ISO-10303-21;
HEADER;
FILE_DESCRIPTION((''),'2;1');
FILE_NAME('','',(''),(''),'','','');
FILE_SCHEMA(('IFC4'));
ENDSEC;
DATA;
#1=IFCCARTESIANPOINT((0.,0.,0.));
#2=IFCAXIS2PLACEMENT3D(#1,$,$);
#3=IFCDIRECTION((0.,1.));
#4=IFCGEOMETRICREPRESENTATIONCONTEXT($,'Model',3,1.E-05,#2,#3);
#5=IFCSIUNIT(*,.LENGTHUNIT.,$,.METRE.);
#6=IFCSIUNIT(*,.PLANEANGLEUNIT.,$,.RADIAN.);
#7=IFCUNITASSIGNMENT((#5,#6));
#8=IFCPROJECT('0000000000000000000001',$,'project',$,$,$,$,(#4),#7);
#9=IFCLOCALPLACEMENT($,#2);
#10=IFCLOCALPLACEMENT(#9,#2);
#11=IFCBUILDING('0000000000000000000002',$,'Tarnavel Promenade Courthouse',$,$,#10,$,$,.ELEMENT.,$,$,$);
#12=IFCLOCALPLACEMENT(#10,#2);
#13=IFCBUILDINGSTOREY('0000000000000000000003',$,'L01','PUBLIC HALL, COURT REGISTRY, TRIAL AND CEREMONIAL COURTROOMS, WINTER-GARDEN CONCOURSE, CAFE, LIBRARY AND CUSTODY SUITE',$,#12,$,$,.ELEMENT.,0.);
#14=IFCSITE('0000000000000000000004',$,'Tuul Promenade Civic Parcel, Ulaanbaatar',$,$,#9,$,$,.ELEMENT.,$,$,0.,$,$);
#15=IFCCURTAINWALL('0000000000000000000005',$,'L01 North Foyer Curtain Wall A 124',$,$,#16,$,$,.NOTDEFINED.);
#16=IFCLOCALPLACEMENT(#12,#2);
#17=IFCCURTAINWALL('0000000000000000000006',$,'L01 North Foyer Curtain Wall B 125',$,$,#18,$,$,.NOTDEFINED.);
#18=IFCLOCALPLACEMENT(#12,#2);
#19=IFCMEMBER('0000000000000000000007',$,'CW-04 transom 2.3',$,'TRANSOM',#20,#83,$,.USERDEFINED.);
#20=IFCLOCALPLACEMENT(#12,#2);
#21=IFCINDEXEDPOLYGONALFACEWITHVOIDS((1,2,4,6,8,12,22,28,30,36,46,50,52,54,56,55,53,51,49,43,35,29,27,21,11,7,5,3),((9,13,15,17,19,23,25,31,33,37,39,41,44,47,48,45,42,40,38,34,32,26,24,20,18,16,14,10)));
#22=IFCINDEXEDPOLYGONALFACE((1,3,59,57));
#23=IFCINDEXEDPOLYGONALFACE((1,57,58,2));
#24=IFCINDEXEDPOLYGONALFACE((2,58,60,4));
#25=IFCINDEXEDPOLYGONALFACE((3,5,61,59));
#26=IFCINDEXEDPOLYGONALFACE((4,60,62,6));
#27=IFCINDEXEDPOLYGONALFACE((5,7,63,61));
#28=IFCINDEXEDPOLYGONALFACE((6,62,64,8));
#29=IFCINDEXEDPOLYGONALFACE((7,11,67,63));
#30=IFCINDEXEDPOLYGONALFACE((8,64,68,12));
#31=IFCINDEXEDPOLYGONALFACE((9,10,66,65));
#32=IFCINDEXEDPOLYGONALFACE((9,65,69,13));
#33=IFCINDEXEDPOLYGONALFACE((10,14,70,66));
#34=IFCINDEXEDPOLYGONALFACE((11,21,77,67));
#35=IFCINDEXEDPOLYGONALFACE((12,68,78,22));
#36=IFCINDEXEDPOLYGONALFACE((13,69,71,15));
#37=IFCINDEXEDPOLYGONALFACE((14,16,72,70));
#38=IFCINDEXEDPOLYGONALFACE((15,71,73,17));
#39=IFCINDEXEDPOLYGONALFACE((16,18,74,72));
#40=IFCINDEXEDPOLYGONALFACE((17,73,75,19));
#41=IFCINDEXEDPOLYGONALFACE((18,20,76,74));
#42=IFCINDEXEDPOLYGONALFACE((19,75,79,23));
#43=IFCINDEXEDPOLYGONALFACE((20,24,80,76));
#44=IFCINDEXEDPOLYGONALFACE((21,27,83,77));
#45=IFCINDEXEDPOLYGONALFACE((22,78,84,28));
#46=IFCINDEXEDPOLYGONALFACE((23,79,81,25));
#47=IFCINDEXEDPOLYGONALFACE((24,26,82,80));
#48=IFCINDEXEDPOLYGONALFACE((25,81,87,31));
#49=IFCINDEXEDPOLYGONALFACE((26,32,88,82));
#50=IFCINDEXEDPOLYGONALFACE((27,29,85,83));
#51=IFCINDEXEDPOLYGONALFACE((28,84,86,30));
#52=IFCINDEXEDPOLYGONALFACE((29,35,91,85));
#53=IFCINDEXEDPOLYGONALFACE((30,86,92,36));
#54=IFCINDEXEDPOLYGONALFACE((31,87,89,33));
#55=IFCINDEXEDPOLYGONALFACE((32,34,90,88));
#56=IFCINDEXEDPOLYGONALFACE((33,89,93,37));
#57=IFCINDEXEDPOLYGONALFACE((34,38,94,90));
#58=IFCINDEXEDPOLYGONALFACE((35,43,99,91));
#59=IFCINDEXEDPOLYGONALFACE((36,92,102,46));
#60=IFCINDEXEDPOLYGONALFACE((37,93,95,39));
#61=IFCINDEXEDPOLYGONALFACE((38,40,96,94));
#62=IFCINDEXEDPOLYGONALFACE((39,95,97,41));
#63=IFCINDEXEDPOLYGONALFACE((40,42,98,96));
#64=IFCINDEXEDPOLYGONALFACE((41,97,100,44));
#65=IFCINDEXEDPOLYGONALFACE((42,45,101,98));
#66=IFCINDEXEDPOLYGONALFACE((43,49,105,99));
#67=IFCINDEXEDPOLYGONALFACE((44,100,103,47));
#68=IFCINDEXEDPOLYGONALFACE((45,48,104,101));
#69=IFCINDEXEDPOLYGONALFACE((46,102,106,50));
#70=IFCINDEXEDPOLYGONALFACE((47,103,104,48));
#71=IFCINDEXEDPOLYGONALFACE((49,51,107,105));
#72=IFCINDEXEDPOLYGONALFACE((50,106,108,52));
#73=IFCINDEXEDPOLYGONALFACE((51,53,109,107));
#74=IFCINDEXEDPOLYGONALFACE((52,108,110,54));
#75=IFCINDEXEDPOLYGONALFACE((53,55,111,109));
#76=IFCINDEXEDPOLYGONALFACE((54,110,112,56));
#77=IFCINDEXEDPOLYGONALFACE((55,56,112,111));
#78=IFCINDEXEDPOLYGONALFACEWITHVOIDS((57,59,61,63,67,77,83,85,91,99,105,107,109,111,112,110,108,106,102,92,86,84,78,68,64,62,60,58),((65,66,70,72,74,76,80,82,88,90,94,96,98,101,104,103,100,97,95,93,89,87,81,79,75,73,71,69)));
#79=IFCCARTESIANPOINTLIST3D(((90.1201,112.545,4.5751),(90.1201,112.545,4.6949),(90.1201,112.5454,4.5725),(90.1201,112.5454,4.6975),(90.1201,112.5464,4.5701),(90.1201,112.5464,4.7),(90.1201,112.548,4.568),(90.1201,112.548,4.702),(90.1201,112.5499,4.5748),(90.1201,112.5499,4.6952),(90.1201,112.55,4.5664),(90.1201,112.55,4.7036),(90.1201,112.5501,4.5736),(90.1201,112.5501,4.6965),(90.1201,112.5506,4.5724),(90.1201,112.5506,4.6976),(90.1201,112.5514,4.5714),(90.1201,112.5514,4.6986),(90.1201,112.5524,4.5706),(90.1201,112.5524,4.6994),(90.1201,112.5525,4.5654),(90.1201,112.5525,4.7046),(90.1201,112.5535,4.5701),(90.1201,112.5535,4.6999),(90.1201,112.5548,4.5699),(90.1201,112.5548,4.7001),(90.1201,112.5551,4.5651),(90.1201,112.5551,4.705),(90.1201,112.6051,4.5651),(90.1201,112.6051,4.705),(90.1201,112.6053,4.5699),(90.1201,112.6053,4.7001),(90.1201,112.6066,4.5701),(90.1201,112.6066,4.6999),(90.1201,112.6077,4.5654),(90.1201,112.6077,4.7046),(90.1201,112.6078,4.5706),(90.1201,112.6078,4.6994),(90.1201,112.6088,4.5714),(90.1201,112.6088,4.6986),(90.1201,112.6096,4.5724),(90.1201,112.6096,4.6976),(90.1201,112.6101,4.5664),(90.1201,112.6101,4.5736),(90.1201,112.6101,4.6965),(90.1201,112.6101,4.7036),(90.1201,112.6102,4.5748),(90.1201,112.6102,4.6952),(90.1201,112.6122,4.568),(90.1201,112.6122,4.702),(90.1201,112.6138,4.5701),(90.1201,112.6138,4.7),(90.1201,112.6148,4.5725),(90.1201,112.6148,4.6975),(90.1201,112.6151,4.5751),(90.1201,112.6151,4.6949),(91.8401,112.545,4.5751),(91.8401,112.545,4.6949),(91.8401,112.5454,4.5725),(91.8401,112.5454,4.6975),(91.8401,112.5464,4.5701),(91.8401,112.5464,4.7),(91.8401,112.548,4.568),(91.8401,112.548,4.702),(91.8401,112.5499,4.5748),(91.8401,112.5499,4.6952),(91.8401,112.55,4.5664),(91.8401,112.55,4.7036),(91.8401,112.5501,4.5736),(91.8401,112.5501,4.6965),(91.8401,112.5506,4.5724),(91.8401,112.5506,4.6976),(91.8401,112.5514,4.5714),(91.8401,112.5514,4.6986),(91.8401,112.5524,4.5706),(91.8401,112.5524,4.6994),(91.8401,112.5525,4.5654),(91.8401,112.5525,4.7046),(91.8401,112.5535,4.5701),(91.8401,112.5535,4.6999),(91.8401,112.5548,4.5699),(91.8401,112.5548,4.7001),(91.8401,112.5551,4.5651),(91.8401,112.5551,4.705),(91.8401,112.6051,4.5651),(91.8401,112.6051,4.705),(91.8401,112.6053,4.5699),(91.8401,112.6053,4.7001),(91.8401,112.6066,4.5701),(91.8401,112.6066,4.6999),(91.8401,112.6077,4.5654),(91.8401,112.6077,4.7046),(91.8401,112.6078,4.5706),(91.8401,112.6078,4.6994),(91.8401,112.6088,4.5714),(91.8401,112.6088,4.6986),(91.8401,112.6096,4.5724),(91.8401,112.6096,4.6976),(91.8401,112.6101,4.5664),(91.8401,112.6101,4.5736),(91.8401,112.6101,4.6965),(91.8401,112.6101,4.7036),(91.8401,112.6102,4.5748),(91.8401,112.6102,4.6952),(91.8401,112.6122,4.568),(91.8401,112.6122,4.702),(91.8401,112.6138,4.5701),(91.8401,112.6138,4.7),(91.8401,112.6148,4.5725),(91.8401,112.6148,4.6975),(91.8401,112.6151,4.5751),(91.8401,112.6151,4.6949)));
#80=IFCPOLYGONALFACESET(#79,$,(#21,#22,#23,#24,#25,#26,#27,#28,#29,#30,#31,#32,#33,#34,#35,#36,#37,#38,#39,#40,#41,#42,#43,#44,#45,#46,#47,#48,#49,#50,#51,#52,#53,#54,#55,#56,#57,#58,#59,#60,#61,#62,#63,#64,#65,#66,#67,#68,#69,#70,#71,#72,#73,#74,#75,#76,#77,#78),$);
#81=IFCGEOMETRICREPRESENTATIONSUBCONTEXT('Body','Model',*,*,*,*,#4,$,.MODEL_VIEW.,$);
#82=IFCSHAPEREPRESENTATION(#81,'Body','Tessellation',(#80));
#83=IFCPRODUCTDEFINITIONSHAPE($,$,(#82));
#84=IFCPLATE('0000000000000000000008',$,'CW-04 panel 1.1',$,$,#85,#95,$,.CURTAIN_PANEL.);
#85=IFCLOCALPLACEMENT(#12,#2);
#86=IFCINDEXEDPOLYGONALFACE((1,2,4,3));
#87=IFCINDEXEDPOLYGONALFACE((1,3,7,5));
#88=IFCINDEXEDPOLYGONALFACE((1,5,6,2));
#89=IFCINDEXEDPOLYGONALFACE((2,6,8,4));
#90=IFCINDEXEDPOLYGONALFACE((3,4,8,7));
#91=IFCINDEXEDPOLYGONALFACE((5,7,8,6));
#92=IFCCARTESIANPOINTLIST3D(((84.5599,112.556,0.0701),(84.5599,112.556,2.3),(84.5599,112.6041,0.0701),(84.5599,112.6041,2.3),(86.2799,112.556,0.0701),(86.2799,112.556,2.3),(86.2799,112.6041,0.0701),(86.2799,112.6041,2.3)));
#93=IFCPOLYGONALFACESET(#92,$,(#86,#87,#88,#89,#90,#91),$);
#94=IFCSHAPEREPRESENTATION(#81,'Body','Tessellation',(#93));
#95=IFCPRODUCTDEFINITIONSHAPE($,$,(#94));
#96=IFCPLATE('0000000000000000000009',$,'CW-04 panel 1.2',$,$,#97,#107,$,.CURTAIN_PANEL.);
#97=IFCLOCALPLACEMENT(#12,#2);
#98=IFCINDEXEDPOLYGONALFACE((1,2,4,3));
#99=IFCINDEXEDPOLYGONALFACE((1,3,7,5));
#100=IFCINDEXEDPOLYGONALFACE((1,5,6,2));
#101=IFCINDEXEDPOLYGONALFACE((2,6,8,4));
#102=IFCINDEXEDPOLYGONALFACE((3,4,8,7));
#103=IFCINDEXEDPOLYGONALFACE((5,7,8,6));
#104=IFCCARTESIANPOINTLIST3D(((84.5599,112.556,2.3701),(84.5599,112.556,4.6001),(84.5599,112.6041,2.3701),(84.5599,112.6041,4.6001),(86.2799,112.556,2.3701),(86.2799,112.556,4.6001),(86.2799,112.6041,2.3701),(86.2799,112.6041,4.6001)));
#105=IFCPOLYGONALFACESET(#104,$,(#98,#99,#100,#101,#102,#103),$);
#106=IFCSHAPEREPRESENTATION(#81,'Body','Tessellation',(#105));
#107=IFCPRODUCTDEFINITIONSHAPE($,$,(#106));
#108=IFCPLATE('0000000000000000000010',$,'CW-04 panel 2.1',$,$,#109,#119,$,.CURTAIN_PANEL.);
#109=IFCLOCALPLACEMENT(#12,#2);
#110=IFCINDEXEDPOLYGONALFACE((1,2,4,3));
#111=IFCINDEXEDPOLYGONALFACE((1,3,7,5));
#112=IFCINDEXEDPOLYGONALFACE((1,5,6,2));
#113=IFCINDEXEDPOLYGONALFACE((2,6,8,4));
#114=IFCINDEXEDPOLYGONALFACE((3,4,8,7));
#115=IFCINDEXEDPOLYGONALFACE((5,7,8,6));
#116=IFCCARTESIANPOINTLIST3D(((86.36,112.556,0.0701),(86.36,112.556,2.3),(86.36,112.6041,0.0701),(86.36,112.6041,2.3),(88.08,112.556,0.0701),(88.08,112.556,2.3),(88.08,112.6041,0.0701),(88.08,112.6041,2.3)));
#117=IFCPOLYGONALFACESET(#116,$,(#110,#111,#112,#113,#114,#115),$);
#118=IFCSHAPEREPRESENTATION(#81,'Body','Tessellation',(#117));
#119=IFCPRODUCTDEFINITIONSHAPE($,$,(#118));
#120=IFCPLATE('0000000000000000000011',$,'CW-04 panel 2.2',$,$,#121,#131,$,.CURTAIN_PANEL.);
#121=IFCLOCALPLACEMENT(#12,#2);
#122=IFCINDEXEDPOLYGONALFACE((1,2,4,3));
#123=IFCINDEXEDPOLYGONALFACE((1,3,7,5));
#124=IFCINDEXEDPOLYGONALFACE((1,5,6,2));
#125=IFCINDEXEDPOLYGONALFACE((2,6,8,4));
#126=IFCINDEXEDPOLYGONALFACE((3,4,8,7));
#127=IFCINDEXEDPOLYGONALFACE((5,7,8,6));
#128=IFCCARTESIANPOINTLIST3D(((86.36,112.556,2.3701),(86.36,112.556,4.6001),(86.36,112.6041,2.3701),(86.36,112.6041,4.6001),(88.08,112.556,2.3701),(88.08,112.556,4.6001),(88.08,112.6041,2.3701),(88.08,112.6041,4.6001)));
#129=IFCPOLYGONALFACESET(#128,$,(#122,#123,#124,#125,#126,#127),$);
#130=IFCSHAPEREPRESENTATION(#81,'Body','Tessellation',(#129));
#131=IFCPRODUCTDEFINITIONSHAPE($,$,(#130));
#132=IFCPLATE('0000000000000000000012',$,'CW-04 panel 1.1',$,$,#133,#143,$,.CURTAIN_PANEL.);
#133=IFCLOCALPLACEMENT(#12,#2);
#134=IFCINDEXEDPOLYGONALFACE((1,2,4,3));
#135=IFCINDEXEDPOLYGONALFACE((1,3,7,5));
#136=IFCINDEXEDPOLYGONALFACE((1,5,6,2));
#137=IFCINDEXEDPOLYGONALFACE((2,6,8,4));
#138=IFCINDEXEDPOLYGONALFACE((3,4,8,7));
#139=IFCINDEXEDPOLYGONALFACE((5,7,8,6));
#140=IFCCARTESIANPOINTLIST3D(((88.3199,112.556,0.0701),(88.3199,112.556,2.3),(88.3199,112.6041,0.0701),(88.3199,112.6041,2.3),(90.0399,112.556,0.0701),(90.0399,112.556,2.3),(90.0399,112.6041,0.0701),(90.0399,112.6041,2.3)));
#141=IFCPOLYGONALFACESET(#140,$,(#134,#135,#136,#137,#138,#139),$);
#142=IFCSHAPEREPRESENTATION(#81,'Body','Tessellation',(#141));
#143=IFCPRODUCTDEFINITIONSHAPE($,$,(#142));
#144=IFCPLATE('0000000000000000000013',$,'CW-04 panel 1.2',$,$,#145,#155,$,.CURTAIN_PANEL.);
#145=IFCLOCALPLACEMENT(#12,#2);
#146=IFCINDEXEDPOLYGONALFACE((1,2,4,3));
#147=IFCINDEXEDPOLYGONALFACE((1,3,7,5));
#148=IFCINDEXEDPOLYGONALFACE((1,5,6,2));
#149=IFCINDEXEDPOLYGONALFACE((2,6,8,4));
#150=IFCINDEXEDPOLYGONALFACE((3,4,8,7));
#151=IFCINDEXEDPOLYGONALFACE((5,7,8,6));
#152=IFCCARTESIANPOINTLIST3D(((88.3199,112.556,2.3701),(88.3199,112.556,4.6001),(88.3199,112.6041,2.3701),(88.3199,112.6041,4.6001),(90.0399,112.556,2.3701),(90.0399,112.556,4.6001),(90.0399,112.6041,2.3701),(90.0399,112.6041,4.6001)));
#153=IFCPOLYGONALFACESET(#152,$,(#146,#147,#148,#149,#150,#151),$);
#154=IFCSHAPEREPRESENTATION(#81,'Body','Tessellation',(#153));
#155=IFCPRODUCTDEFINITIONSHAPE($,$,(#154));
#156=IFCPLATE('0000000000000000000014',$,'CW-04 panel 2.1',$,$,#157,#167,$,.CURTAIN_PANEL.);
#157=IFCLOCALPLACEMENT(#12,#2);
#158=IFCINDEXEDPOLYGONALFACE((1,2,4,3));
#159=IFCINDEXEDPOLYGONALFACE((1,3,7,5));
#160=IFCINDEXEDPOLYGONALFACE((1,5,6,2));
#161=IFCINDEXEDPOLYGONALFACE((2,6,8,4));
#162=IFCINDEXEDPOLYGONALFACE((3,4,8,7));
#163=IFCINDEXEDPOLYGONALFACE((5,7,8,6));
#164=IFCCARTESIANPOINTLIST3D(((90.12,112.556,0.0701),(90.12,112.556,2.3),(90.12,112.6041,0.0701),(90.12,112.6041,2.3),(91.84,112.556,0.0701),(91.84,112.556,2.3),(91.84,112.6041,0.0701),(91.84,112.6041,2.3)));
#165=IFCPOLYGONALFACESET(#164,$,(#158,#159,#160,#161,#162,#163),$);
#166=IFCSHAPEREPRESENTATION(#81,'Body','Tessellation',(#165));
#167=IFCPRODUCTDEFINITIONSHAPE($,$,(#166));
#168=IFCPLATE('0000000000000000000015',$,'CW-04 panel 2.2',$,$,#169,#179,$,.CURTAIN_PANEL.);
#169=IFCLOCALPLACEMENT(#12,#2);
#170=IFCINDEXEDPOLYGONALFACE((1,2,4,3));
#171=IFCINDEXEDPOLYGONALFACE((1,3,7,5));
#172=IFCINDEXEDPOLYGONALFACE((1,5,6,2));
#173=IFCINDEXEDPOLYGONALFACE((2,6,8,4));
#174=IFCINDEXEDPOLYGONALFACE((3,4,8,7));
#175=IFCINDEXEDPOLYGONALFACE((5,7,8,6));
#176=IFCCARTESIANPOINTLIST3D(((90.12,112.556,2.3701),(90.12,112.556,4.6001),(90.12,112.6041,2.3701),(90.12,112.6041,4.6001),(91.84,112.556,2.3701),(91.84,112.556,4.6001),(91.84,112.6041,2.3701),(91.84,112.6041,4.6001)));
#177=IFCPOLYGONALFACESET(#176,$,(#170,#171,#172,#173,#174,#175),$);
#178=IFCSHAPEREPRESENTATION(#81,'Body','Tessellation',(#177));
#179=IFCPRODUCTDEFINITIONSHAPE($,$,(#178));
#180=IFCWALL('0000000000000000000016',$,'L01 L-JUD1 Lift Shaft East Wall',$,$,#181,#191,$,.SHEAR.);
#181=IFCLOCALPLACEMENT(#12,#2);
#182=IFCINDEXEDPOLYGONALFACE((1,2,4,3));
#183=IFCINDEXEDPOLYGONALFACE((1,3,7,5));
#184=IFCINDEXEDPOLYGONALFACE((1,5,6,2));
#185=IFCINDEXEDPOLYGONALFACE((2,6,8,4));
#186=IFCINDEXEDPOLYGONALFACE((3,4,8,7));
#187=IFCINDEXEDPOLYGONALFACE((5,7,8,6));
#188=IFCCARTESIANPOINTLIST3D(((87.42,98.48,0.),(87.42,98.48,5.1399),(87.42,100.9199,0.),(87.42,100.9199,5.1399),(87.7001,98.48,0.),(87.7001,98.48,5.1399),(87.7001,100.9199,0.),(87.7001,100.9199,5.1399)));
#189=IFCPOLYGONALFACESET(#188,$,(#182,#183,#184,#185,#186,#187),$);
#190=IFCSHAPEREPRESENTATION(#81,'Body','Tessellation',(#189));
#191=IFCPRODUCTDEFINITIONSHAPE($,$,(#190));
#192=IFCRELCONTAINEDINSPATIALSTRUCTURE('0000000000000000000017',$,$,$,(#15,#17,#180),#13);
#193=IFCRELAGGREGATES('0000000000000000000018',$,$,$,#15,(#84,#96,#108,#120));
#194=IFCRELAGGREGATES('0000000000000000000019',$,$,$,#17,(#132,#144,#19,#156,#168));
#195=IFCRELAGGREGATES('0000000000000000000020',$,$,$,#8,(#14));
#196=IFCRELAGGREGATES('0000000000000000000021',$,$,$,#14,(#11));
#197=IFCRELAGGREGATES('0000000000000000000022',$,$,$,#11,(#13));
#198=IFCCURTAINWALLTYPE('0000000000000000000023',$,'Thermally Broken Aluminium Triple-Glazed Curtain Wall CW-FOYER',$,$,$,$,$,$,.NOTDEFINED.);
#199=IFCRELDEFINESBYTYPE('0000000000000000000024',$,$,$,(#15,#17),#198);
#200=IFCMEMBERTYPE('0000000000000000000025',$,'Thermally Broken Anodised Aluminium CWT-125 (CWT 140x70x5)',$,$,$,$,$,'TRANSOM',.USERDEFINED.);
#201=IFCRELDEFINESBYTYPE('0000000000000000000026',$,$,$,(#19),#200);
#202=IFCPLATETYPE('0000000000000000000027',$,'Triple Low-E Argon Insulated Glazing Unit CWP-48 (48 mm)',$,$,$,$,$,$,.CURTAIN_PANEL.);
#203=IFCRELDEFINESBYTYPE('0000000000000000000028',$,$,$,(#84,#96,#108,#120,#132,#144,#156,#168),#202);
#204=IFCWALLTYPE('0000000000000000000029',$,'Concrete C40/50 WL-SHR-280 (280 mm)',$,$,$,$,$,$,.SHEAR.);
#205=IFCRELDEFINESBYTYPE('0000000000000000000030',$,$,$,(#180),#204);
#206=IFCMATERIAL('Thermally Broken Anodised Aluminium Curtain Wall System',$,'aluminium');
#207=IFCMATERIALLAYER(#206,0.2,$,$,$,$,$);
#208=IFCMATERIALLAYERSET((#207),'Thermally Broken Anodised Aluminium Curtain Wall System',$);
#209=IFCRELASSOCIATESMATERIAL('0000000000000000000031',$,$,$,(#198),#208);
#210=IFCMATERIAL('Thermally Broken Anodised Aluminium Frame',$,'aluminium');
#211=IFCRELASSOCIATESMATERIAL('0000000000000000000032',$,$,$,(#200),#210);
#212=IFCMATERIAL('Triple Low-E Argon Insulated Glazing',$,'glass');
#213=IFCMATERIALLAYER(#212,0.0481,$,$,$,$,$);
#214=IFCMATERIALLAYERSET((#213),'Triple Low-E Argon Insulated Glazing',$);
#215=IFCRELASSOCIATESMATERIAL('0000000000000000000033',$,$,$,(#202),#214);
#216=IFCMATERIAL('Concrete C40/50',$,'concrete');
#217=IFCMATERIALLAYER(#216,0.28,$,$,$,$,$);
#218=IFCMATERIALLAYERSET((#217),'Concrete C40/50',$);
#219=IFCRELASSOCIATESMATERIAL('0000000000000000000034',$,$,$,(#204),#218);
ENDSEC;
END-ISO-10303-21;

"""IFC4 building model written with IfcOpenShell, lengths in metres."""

from ifc_helpers import new_model, si_unit, direction, frame, frame_2d, origin, origin_2d, place, context, subcontext, project, spatial, rectangle, hollow_rectangle, extrude, material, layer, layer_set, material_profile, profile_set, type_object, element, aggregate, save


model = new_model("IFC4")

# Units and contexts
model_context = context("Model", 3, precision=1e-05, world=origin(), true_north=direction((0.0, 1.0)))
body_context = subcontext(model_context, "Body", "Model", "MODEL_VIEW")
ifc_project = project(units=[si_unit("LENGTHUNIT", "METRE"), si_unit("PLANEANGLEUNIT", "RADIAN")], contexts=[model_context])

# Site, building, storey
site_placement = place(None, origin())
site = spatial("IfcSite", under=ifc_project, at=site_placement, Name="Tuul Promenade Civic Parcel, Ulaanbaatar", CompositionType="ELEMENT", RefElevation=0.0)
building_placement = place(site_placement, origin())
building = spatial("IfcBuilding", under=site, at=building_placement, Name="Tarnavel Promenade Courthouse", CompositionType="ELEMENT")
storey_placement = place(building_placement, origin())
storey = spatial("IfcBuildingStorey", under=building, at=storey_placement, Name="L01", Description="PUBLIC HALL, COURT REGISTRY, TRIAL AND CEREMONIAL COURTROOMS, WINTER-GARDEN CONCOURSE, CAFE, LIBRARY AND CUSTODY SUITE", CompositionType="ELEMENT", Elevation=0.0)

# Shared definitions
ifc_material_1 = material(Name="Concrete C40/50", Category="concrete")

# Curtain walls
ifc_material_2 = material(Name="Thermally Broken Anodised Aluminium Curtain Wall System", Category="aluminium")
ifc_layer_1 = layer(ifc_material_2, 0.2)
ifc_layer_set_1 = layer_set([ifc_layer_1], Name="Thermally Broken Anodised Aluminium Curtain Wall System")
curtain_wall_type = type_object("IfcCurtainWallType", Name="Thermally Broken Aluminium Triple-Glazed Curtain Wall CW-FOYER", PredefinedType="NOTDEFINED", material=ifc_layer_set_1)
curtain_wall_1_placement = place(storey_placement, origin())
curtain_wall_1 = element("IfcCurtainWall", 1, at=curtain_wall_1_placement, inside=storey, type_object=curtain_wall_type, Name="L01 North Foyer Curtain Wall A 124", PredefinedType="NOTDEFINED")
ifc_material_3 = material(Name="Thermally Broken Anodised Aluminium Frame", Category="aluminium")
curtain_wall_2_placement = place(storey_placement, origin())
curtain_wall_2 = element("IfcCurtainWall", 2, at=curtain_wall_2_placement, inside=storey, type_object=curtain_wall_type, Name="L01 North Foyer Curtain Wall B 125", PredefinedType="NOTDEFINED")

# Member
ifc_material_profile_1 = material_profile(ifc_material_3, hollow_rectangle(XDim=0.0701, YDim=0.1399, WallThickness=0.0049, InnerFilletRadius=0.0049, OuterFilletRadius=0.01, at=origin_2d()), Name="CWT 140x70x5")
ifc_profile_set_1 = profile_set([ifc_material_profile_1], Name="Thermally Broken Anodised Aluminium Frame")
member_type_1 = type_object("IfcMemberType", Name="Thermally Broken Anodised Aluminium CWT-125 (CWT 140x70x5)", ElementType="TRANSOM", PredefinedType="USERDEFINED", material=ifc_profile_set_1)
member_1_placement = place(storey_placement, frame((90.1201, 112.5801, 4.635), z_axis=(1.0, 0.0, 0.0), x_axis=(0.0, 1.0, 0.0)))
member_1 = element("IfcMember", 3, at=member_1_placement, type_object=member_type_1, Name="CW-04 transom 2.3", ObjectType="TRANSOM", PredefinedType="USERDEFINED", context=body_context, shape_type="SweptSolid", body=[
    extrude(hollow_rectangle(XDim=0.0701, YDim=0.1399, WallThickness=0.0049, InnerFilletRadius=0.0049, OuterFilletRadius=0.01, at=origin_2d()), origin(), (0.0, 0.0, 1.0), 1.72),
])

# Plates
ifc_material_4 = material(Name="Triple Low-E Argon Insulated Glazing", Category="glass")
ifc_layer_2 = layer(ifc_material_4, 0.0481)
ifc_layer_set_2 = layer_set([ifc_layer_2], Name="Triple Low-E Argon Insulated Glazing")
plate_type = type_object("IfcPlateType", Name="Triple Low-E Argon Insulated Glazing Unit CWP-48 (48 mm)", PredefinedType="CURTAIN_PANEL", material=ifc_layer_set_2)
plate_1_placement = place(storey_placement, frame((85.4199, 112.5801, 0.0701), z_axis=(0.0, 0.0, 1.0), x_axis=(1.0, 0.0, 0.0)))
plate_1 = element("IfcPlate", 4, at=plate_1_placement, type_object=plate_type, Name="CW-04 panel 1.1", PredefinedType="CURTAIN_PANEL", context=body_context, shape_type="SweptSolid", body=[
    extrude(rectangle(XDim=1.72, YDim=0.0481, at=origin_2d()), origin(), (0.0, 0.0, 1.0), 2.23),
])
plate_2_placement = place(storey_placement, frame((85.4199, 112.5801, 2.3701), z_axis=(0.0, 0.0, 1.0), x_axis=(1.0, 0.0, 0.0)))
plate_2 = element("IfcPlate", 5, at=plate_2_placement, type_object=plate_type, Name="CW-04 panel 1.2", PredefinedType="CURTAIN_PANEL", context=body_context, shape_type="SweptSolid", body=[
    extrude(rectangle(XDim=1.72, YDim=0.0481, at=origin_2d()), origin(), (0.0, 0.0, 1.0), 2.23),
])
plate_3_placement = place(storey_placement, frame((87.22, 112.5801, 0.0701), z_axis=(0.0, 0.0, 1.0), x_axis=(1.0, 0.0, 0.0)))
plate_3 = element("IfcPlate", 6, at=plate_3_placement, type_object=plate_type, Name="CW-04 panel 2.1", PredefinedType="CURTAIN_PANEL", context=body_context, shape_type="SweptSolid", body=[
    extrude(rectangle(XDim=1.72, YDim=0.0481, at=origin_2d()), origin(), (0.0, 0.0, 1.0), 2.23),
])
plate_4_placement = place(storey_placement, frame((87.22, 112.5801, 2.3701), z_axis=(0.0, 0.0, 1.0), x_axis=(1.0, 0.0, 0.0)))
plate_4 = element("IfcPlate", 7, at=plate_4_placement, type_object=plate_type, Name="CW-04 panel 2.2", PredefinedType="CURTAIN_PANEL", context=body_context, shape_type="SweptSolid", body=[
    extrude(rectangle(XDim=1.72, YDim=0.0481, at=origin_2d()), origin(), (0.0, 0.0, 1.0), 2.23),
])
aggregate(curtain_wall_1, [plate_1, plate_2, plate_3, plate_4])
plate_5_placement = place(storey_placement, frame((89.1799, 112.5801, 0.0701), z_axis=(0.0, 0.0, 1.0), x_axis=(1.0, 0.0, 0.0)))
plate_5 = element("IfcPlate", 8, at=plate_5_placement, type_object=plate_type, Name="CW-04 panel 1.1", PredefinedType="CURTAIN_PANEL", context=body_context, shape_type="SweptSolid", body=[
    extrude(rectangle(XDim=1.72, YDim=0.0481, at=origin_2d()), origin(), (0.0, 0.0, 1.0), 2.23),
])
plate_6_placement = place(storey_placement, frame((89.1799, 112.5801, 2.3701), z_axis=(0.0, 0.0, 1.0), x_axis=(1.0, 0.0, 0.0)))
plate_6 = element("IfcPlate", 9, at=plate_6_placement, type_object=plate_type, Name="CW-04 panel 1.2", PredefinedType="CURTAIN_PANEL", context=body_context, shape_type="SweptSolid", body=[
    extrude(rectangle(XDim=1.72, YDim=0.0481, at=origin_2d()), origin(), (0.0, 0.0, 1.0), 2.23),
])
plate_7_placement = place(storey_placement, frame((90.98, 112.5801, 0.0701), z_axis=(0.0, 0.0, 1.0), x_axis=(1.0, 0.0, 0.0)))
plate_7 = element("IfcPlate", 10, at=plate_7_placement, type_object=plate_type, Name="CW-04 panel 2.1", PredefinedType="CURTAIN_PANEL", context=body_context, shape_type="SweptSolid", body=[
    extrude(rectangle(XDim=1.72, YDim=0.0481, at=origin_2d()), origin(), (0.0, 0.0, 1.0), 2.23),
])
plate_8_placement = place(storey_placement, frame((90.98, 112.5801, 2.3701), z_axis=(0.0, 0.0, 1.0), x_axis=(1.0, 0.0, 0.0)))
plate_8 = element("IfcPlate", 11, at=plate_8_placement, type_object=plate_type, Name="CW-04 panel 2.2", PredefinedType="CURTAIN_PANEL", context=body_context, shape_type="SweptSolid", body=[
    extrude(rectangle(XDim=1.72, YDim=0.0481, at=origin_2d()), origin(), (0.0, 0.0, 1.0), 2.23),
])
aggregate(curtain_wall_2, [plate_5, plate_6, member_1, plate_7, plate_8])

# Shared definitions
ifc_layer_3 = layer(ifc_material_1, 0.28)
ifc_layer_set_3 = layer_set([ifc_layer_3], Name="Concrete C40/50")
wall_type_1 = type_object("IfcWallType", Name="Concrete C40/50 WL-SHR-280 (280 mm)", PredefinedType="SHEAR", material=ifc_layer_set_3)

# Wall
wall_1_placement = place(storey_placement, frame((87.5601, 100.9199, 0.0), z_axis=(0.0, 0.0, 1.0), x_axis=(0.0, -1.0, 0.0)))
element("IfcWall", 12, at=wall_1_placement, inside=storey, type_object=wall_type_1, Name="L01 L-JUD1 Lift Shaft East Wall", PredefinedType="SHEAR", context=body_context, shape_type="SweptSolid", body=[
    extrude(rectangle(XDim=2.4399, YDim=0.28, at=frame_2d((1.22, 0.0))), origin(), (0.0, 0.0, 1.0), 5.1399),
])

save(model, "model.ifc")
